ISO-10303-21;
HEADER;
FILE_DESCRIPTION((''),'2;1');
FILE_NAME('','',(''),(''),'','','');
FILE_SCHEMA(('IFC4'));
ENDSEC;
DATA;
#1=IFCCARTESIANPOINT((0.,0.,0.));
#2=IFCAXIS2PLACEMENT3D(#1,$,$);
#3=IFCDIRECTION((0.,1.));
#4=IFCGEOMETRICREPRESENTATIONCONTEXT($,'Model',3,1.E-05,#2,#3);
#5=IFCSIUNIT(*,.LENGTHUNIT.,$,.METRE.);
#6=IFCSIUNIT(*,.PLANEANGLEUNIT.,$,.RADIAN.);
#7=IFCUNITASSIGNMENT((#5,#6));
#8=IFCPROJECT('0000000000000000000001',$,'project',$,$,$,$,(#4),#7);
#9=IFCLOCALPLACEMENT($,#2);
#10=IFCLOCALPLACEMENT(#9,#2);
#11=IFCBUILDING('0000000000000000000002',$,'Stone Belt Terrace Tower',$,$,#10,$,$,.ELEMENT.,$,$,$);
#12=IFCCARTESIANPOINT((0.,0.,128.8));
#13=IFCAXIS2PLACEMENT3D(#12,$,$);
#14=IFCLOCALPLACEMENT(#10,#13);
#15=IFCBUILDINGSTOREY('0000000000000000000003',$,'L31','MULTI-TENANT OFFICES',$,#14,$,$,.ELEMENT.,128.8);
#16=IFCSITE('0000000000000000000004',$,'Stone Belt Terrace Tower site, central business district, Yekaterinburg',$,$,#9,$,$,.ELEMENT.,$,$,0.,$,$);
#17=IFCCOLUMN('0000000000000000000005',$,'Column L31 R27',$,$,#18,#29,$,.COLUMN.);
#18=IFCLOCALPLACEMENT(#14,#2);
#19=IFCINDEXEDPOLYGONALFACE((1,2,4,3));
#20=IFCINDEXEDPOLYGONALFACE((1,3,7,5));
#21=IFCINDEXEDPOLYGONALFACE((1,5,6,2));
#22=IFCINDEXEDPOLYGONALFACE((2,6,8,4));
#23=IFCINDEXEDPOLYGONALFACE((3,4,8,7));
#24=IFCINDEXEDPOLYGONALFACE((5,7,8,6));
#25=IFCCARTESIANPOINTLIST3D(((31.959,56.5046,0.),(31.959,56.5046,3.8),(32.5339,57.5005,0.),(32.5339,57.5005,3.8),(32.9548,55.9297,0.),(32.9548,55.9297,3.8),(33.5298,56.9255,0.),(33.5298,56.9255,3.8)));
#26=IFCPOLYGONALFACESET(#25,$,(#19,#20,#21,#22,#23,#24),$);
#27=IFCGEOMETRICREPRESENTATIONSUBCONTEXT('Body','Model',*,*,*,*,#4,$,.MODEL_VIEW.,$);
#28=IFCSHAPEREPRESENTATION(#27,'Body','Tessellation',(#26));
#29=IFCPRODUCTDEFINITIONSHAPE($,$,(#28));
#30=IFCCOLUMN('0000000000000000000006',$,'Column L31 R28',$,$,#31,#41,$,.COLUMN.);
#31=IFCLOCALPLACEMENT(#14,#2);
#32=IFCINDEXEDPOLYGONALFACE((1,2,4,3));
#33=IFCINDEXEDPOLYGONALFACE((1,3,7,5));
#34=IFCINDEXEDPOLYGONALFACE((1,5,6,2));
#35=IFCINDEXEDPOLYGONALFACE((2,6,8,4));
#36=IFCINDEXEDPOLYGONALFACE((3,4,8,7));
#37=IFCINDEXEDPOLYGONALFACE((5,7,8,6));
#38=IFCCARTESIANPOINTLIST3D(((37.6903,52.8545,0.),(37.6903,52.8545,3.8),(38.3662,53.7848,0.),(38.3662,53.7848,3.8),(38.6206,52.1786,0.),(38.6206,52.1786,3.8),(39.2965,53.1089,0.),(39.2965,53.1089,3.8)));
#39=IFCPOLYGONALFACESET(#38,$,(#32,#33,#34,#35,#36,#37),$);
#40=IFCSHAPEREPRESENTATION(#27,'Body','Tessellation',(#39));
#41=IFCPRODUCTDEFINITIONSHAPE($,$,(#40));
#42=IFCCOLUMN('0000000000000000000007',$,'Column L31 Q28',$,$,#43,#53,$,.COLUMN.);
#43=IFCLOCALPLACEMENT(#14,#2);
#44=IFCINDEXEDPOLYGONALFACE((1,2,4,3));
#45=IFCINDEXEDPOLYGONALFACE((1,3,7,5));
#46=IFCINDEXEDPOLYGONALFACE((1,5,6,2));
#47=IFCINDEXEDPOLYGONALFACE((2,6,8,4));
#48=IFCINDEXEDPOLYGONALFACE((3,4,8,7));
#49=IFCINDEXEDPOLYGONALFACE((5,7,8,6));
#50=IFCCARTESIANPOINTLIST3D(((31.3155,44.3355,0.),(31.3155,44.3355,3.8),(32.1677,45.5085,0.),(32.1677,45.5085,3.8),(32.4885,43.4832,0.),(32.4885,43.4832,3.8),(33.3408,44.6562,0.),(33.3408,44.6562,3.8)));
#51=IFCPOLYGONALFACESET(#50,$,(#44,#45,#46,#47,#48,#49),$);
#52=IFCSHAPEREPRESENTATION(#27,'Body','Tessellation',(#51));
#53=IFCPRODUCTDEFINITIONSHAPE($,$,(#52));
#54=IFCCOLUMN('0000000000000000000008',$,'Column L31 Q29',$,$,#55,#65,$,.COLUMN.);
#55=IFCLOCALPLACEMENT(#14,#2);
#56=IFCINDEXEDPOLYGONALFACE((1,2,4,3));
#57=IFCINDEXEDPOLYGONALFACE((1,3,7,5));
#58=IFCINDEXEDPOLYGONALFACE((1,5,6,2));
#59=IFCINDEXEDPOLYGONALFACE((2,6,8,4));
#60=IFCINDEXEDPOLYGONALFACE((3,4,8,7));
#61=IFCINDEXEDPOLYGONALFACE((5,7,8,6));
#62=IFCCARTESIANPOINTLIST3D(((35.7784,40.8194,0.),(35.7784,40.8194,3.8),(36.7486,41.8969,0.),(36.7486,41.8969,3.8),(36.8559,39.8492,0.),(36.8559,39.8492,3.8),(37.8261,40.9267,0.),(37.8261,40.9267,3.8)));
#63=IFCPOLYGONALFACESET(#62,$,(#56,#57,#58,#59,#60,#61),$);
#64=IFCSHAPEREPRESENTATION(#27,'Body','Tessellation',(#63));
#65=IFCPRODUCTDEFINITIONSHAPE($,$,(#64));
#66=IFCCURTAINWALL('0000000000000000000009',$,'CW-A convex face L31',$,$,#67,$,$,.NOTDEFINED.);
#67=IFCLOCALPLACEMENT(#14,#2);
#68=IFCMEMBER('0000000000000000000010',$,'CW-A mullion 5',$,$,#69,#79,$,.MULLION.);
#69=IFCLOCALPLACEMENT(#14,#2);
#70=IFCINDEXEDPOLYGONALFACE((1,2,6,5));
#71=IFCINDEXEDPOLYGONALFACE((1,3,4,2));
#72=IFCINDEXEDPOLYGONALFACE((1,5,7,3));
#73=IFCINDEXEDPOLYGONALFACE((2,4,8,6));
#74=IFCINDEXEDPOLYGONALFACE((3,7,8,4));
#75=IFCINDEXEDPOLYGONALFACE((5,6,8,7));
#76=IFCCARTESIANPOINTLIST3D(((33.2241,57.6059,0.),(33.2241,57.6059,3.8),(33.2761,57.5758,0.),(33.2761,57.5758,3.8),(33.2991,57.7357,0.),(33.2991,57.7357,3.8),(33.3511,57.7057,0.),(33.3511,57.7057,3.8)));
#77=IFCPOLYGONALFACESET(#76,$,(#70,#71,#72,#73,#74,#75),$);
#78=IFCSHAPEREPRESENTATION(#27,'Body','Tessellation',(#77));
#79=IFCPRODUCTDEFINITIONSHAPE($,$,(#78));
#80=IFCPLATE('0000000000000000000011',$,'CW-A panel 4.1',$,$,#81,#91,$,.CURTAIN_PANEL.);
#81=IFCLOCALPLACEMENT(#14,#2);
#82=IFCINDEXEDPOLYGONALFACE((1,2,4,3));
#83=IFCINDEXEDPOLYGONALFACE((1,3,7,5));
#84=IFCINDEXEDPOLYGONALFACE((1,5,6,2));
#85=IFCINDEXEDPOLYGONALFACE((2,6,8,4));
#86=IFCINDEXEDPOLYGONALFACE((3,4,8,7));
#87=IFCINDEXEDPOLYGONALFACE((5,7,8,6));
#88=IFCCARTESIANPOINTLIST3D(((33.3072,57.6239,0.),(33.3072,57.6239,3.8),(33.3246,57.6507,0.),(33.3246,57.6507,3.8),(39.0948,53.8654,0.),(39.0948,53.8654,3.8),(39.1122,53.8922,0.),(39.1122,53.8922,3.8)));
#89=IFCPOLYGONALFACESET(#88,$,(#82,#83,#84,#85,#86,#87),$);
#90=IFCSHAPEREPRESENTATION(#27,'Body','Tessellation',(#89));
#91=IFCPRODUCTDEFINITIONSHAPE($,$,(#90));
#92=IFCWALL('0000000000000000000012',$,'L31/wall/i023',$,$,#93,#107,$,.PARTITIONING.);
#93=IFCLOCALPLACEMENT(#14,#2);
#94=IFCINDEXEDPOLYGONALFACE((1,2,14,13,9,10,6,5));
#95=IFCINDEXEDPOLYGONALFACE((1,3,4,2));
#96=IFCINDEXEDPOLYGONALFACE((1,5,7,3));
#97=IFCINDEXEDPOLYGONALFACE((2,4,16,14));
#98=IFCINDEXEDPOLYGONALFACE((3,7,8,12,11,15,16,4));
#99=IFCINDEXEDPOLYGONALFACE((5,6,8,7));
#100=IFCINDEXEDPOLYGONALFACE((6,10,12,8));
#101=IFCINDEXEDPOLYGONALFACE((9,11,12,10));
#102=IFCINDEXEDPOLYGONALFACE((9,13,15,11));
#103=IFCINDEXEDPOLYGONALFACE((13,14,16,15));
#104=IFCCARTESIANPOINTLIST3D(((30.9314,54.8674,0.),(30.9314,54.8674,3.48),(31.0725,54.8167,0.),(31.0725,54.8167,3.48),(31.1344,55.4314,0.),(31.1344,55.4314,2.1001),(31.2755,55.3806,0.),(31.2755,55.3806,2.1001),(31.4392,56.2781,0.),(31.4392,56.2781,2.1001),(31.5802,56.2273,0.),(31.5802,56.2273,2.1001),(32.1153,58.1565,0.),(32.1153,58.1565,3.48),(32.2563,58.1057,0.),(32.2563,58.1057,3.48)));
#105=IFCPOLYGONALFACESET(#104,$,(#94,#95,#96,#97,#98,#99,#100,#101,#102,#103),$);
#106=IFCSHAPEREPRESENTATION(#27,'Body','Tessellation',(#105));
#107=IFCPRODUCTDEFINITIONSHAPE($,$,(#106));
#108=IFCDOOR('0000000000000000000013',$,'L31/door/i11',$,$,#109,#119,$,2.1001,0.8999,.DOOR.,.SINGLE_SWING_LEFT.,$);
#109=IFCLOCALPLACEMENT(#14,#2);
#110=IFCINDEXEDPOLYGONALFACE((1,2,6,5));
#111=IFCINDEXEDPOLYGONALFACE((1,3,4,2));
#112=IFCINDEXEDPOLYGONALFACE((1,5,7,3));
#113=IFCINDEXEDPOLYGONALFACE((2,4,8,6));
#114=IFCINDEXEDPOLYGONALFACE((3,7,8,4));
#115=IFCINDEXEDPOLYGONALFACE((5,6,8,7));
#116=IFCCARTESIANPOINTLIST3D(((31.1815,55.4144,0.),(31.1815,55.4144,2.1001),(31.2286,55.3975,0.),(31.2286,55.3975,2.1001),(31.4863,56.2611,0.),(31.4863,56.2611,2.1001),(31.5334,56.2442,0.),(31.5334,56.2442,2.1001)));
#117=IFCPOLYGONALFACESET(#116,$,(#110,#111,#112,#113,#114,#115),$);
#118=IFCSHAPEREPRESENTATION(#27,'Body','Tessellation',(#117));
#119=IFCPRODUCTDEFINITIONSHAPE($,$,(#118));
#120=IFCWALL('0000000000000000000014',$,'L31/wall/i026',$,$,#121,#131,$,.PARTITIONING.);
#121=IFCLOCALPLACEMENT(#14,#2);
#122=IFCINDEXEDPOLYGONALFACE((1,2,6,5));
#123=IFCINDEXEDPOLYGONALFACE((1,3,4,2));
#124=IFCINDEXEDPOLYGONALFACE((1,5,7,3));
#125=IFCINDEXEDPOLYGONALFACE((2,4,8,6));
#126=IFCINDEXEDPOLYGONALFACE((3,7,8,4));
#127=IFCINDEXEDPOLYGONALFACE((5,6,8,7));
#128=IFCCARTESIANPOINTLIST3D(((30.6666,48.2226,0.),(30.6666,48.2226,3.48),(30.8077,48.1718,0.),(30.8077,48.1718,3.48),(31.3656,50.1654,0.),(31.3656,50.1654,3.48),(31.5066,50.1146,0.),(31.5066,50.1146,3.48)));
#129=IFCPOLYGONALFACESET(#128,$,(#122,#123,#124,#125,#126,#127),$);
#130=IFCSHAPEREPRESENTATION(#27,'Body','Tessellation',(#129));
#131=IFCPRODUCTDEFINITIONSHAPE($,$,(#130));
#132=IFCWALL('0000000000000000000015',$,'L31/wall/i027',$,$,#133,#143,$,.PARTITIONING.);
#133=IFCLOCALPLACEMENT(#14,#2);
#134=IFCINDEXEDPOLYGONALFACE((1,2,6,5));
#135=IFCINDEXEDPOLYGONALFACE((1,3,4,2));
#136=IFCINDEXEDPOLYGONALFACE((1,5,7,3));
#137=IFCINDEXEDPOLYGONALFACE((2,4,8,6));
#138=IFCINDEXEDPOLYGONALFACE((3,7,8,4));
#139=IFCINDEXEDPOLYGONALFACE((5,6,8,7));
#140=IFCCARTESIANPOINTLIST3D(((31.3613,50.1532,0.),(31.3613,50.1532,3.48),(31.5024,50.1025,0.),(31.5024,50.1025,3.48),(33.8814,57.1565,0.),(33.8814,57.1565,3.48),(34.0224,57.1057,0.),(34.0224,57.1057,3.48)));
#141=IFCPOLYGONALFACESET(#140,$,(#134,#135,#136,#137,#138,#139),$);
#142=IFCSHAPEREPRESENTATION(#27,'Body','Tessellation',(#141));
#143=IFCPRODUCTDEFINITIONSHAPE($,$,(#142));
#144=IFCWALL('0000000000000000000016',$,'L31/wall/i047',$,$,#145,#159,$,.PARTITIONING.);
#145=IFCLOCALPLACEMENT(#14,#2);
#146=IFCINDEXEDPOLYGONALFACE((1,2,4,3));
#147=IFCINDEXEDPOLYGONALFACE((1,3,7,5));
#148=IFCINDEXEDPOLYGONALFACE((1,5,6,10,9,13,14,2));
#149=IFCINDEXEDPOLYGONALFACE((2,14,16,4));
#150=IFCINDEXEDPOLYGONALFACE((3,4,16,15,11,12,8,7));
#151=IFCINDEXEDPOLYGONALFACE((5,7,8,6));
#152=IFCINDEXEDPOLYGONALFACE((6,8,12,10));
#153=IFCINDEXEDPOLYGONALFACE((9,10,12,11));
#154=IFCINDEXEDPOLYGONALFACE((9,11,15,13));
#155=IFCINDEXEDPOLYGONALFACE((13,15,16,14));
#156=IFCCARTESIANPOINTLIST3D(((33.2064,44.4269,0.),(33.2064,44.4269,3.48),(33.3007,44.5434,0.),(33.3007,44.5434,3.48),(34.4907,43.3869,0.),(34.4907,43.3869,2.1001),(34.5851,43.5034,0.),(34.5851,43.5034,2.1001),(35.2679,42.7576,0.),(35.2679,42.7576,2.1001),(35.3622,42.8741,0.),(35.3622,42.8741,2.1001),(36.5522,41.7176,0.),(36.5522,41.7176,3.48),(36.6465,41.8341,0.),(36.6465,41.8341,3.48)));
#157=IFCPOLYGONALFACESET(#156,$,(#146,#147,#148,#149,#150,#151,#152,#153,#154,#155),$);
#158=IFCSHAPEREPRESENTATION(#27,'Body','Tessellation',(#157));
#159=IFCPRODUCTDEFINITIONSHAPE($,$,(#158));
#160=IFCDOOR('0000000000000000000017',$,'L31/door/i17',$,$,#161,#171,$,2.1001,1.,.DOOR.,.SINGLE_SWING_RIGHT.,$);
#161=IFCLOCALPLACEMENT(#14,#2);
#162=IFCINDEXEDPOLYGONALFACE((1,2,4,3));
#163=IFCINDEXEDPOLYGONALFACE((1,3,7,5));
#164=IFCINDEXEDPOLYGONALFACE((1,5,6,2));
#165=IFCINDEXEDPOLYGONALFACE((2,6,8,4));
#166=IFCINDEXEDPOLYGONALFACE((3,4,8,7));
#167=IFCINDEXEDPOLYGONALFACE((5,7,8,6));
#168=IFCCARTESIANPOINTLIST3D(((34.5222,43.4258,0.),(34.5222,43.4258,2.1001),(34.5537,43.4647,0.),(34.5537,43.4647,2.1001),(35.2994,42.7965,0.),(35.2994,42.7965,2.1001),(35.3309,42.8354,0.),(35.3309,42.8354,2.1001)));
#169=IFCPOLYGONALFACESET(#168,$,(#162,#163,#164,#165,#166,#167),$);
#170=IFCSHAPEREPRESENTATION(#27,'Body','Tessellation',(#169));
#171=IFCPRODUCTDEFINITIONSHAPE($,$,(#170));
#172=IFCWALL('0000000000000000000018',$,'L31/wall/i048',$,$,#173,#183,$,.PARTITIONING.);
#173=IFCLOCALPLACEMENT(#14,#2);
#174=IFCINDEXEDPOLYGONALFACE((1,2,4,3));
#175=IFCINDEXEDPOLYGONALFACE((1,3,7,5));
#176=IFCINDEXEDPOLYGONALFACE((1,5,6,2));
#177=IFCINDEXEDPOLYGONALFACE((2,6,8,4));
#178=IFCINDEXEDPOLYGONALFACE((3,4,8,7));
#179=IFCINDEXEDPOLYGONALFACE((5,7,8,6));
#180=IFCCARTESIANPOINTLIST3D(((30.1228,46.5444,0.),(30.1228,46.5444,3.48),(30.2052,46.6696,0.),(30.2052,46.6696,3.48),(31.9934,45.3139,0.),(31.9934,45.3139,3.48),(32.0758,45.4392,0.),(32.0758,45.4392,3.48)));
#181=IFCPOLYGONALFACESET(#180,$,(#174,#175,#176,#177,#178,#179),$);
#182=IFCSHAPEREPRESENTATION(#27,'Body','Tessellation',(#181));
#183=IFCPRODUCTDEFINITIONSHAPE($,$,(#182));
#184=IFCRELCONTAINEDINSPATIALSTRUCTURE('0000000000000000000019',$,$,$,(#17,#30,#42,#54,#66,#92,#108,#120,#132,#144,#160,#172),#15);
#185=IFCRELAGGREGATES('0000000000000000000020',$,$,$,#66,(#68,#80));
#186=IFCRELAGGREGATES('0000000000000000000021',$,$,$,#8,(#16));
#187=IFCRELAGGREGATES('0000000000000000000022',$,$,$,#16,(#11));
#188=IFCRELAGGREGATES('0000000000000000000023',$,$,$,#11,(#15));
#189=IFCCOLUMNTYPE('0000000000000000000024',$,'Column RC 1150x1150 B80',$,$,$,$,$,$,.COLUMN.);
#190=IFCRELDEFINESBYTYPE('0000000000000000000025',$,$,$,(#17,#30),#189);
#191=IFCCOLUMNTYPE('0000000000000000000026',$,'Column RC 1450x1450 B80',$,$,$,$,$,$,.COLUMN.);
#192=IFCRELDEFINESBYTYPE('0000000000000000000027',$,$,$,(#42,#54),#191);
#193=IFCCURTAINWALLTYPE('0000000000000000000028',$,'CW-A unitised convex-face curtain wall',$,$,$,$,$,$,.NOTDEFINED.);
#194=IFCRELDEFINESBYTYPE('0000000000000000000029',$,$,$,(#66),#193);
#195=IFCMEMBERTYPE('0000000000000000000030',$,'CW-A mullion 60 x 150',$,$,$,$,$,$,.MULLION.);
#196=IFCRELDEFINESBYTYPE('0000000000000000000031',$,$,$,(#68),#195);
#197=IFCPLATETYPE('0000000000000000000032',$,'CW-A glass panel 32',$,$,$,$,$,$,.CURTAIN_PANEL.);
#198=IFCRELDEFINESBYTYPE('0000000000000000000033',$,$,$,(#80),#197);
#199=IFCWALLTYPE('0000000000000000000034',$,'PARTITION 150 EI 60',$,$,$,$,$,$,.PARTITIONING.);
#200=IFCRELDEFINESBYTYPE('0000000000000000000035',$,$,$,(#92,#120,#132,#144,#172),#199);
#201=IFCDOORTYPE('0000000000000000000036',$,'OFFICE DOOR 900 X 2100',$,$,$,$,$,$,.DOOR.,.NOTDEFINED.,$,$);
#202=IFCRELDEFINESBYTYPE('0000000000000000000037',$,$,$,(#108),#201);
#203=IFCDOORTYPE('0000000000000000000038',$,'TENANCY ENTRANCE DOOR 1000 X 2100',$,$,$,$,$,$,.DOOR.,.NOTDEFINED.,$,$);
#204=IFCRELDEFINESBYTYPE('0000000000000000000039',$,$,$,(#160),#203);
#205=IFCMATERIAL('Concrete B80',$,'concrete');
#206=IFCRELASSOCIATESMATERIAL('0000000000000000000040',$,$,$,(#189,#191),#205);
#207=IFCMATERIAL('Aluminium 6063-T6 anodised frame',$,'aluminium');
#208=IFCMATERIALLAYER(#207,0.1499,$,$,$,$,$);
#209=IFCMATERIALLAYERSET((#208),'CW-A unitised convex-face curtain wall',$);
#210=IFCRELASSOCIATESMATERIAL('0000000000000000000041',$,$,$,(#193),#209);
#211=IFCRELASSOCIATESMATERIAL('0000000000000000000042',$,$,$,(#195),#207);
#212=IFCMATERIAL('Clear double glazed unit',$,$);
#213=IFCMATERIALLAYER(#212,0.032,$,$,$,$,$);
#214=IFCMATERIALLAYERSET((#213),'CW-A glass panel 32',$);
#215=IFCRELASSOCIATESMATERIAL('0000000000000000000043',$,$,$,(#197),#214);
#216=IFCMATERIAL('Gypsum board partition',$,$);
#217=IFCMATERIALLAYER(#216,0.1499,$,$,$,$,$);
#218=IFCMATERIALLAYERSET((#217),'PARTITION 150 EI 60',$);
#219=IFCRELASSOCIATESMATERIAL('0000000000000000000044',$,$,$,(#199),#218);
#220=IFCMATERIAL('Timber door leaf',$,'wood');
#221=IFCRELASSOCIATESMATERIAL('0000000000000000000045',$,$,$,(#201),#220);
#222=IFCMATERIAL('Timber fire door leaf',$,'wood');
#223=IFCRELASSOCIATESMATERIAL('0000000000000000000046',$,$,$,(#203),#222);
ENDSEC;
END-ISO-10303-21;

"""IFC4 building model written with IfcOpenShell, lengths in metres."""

from ifc_helpers import new_model, si_unit, direction, frame, frame_2d, origin, origin_2d, place, context, subcontext, project, spatial, rectangle, extrude, material, layer, layer_set, material_profile, profile_set, type_object, element, fill, aggregate, save


model = new_model("IFC4")

# Units and contexts
model_context = context("Model", 3, precision=1e-05, world=origin(), true_north=direction((0.0, 1.0)))
body_context = subcontext(model_context, "Body", "Model", "MODEL_VIEW")
ifc_project = project(units=[si_unit("LENGTHUNIT", "METRE"), si_unit("PLANEANGLEUNIT", "RADIAN")], contexts=[model_context])

# Site, building, storey
site_placement = place(None, origin())
site = spatial("IfcSite", under=ifc_project, at=site_placement, Name="Stone Belt Terrace Tower site, central business district, Yekaterinburg", CompositionType="ELEMENT", RefElevation=0.0)
building_placement = place(site_placement, origin())
building = spatial("IfcBuilding", under=site, at=building_placement, Name="Stone Belt Terrace Tower", CompositionType="ELEMENT")
storey_placement = place(building_placement, frame((0.0, 0.0, 128.8)))
storey = spatial("IfcBuildingStorey", under=building, at=storey_placement, Name="L31", Description="MULTI-TENANT OFFICES", CompositionType="ELEMENT", Elevation=128.8)

# Columns
ifc_material_1 = material(Name="Concrete B80", Category="concrete")
ifc_material_profile_1 = material_profile(ifc_material_1, rectangle(XDim=1.1499, YDim=1.1499, at=origin_2d()), Name="RC 1150x1150")
ifc_profile_set_1 = profile_set([ifc_material_profile_1], Name="Concrete B80")
column_type_1 = type_object("IfcColumnType", Name="Column RC 1150x1150 B80", PredefinedType="COLUMN", material=ifc_profile_set_1)
for number, where, z_axis, x_axis, name in (
    (1, (32.7444, 56.7151, 0.0), (0.0, 0.0, 1.0), (0.866025, -0.5, 0.0), "Column L31 R27"),
    (2, (38.4934, 52.9817, 0.0), (0.0, 0.0, 1.0), (0.809017, -0.587785, 0.0), "Column L31 R28"),
):
    element("IfcColumn", number, at=place(storey_placement, frame(where, z_axis=z_axis, x_axis=x_axis)), inside=storey, type_object=column_type_1, Name=name, PredefinedType="COLUMN", context=body_context, shape_type="SweptSolid", body=[
        extrude(rectangle(XDim=1.1499, YDim=1.1499, at=origin_2d()), origin(), (0.0, 0.0, 1.0), 3.8),
    ])
ifc_material_profile_2 = material_profile(ifc_material_1, rectangle(XDim=1.45, YDim=1.45, at=origin_2d()), Name="RC 1450x1450")
ifc_profile_set_2 = profile_set([ifc_material_profile_2], Name="Concrete B80")
column_type_2 = type_object("IfcColumnType", Name="Column RC 1450x1450 B80", PredefinedType="COLUMN", material=ifc_profile_set_2)
for number, where, z_axis, x_axis, name in (
    (3, (32.3281, 44.4958, 0.0), (0.0, 0.0, 1.0), (0.809017, -0.587785, 0.0), "Column L31 Q28"),
    (4, (36.8022, 40.873, 0.0), (0.0, 0.0, 1.0), (0.743145, -0.669131, 0.0), "Column L31 Q29"),
):
    element("IfcColumn", number, at=place(storey_placement, frame(where, z_axis=z_axis, x_axis=x_axis)), inside=storey, type_object=column_type_2, Name=name, PredefinedType="COLUMN", context=body_context, shape_type="SweptSolid", body=[
        extrude(rectangle(XDim=1.45, YDim=1.45, at=origin_2d()), origin(), (0.0, 0.0, 1.0), 3.8),
    ])

# Curtain wall, member, plate
ifc_material_2 = material(Name="Aluminium 6063-T6 anodised frame", Category="aluminium")
ifc_layer_1 = layer(ifc_material_2, 0.1499)
ifc_layer_set_1 = layer_set([ifc_layer_1], Name="CW-A unitised convex-face curtain wall")
curtain_wall_type = type_object("IfcCurtainWallType", Name="CW-A unitised convex-face curtain wall", PredefinedType="NOTDEFINED", material=ifc_layer_set_1)
curtain_wall_placement = place(storey_placement, origin())
curtain_wall = element("IfcCurtainWall", 5, at=curtain_wall_placement, inside=storey, type_object=curtain_wall_type, Name="CW-A convex face L31", PredefinedType="NOTDEFINED")
ifc_material_profile_3 = material_profile(ifc_material_2, rectangle(XDim=0.1499, YDim=0.0601, at=origin_2d()), Name="Aluminium 6063-T6 60x150")
ifc_profile_set_3 = profile_set([ifc_material_profile_3], Name="Aluminium 6063-T6 anodised frame")
member_type = type_object("IfcMemberType", Name="CW-A mullion 60 x 150", PredefinedType="MULLION", material=ifc_profile_set_3)
member_placement = place(storey_placement, frame((33.2876, 57.6558, 0.0), z_axis=(0.0, 0.0, 1.0), x_axis=(-0.5, -0.866025, 0.0)))
member = element("IfcMember", 6, at=member_placement, type_object=member_type, Name="CW-A mullion 5", PredefinedType="MULLION", context=body_context, shape_type="SweptSolid", body=[
    extrude(rectangle(XDim=0.1499, YDim=0.0601, at=origin_2d()), origin(), (0.0, 0.0, 1.0), 3.8),
])
ifc_material_3 = material(Name="Clear double glazed unit")
ifc_layer_2 = layer(ifc_material_3, 0.032)
ifc_layer_set_2 = layer_set([ifc_layer_2], Name="CW-A glass panel 32")
plate_type = type_object("IfcPlateType", Name="CW-A glass panel 32", PredefinedType="CURTAIN_PANEL", material=ifc_layer_set_2)
plate_placement = place(storey_placement, frame((36.2097, 55.7581, 0.0), z_axis=(0.0, 0.0, 1.0), x_axis=(-0.838671, 0.544639, 0.0)))
plate = element("IfcPlate", 7, at=plate_placement, type_object=plate_type, Name="CW-A panel 4.1", PredefinedType="CURTAIN_PANEL", context=body_context, shape_type="SweptSolid", body=[
    extrude(rectangle(XDim=6.9009, YDim=0.032, at=origin_2d()), origin(), (0.0, 0.0, 1.0), 3.8),
])
aggregate(curtain_wall, [member, plate])

# Wall, opening, door
ifc_material_4 = material(Name="Gypsum board partition")
ifc_layer_3 = layer(ifc_material_4, 0.1499)
ifc_layer_set_3 = layer_set([ifc_layer_3], Name="PARTITION 150 EI 60")
wall_type_1 = type_object("IfcWallType", Name="PARTITION 150 EI 60", PredefinedType="PARTITIONING", material=ifc_layer_set_3)
wall_1_placement = place(storey_placement, frame((31.002, 54.842, 0.0), z_axis=(0.0, 0.0, 1.0), x_axis=(0.338663, 0.940908, 0.0)))
wall_1 = element("IfcWall", 8, at=wall_1_placement, inside=storey, type_object=wall_type_1, Name="L31/wall/i023", PredefinedType="PARTITIONING", context=body_context, shape_type="SweptSolid", body=[
    extrude(rectangle(XDim=3.4956, YDim=0.1499, at=frame_2d((1.7478, 0.0))), origin(), (0.0, 0.0, 1.0), 3.48),
])
opening_1_placement = place(wall_1_placement, frame((0.5994, 0.0, 0.0)))
opening_1 = element("IfcOpeningElement", 9, at=opening_1_placement, cuts=wall_1, PredefinedType="OPENING", context=body_context, shape_type="SweptSolid", body=[
    extrude(rectangle(XDim=0.8999, YDim=2.1001, at=frame_2d((0.45, 1.05))), frame((0.0, 0.085, 0.0), z_axis=(0.0, -1.0, 0.0), x_axis=(1.0, 0.0, 0.0)), (0.0, 0.0, 1.0), 0.1699),
])
ifc_material_5 = material(Name="Timber door leaf", Category="wood")
door_type_1 = type_object("IfcDoorType", Name="OFFICE DOOR 900 X 2100", OperationType="NOTDEFINED", PredefinedType="DOOR", material=ifc_material_5)
door_1_placement = place(opening_1_placement, origin())
door_1 = element("IfcDoor", 10, at=door_1_placement, inside=storey, type_object=door_type_1, Name="L31/door/i11", OperationType="SINGLE_SWING_LEFT", OverallHeight=2.1001, OverallWidth=0.8999, PredefinedType="DOOR", context=body_context, shape_type="SweptSolid", body=[
    extrude(rectangle(XDim=0.8999, YDim=2.1001, at=frame_2d((0.45, 1.05))), frame((0.0, 0.0249, 0.0), z_axis=(0.0, -1.0, 0.0), x_axis=(1.0, 0.0, 0.0)), (0.0, 0.0, 1.0), 0.05),
])
fill(opening_1, door_1)

# Walls
wall_2_placement = place(storey_placement, frame((31.436, 50.1399, 0.0), z_axis=(0.0, 0.0, 1.0), x_axis=(-0.338523, -0.940958, 0.0)))
element("IfcWall", 11, at=wall_2_placement, inside=storey, type_object=wall_type_1, Name="L31/wall/i026", PredefinedType="PARTITIONING", context=body_context, shape_type="SweptSolid", body=[
    extrude(rectangle(XDim=2.0647, YDim=0.1499, at=frame_2d((1.0322, 0.0))), origin(), (0.0, 0.0, 1.0), 3.48),
])
wall_3_placement = place(storey_placement, frame((33.9519, 57.1311, 0.0), z_axis=(0.0, 0.0, 1.0), x_axis=(-0.338586, -0.940935, 0.0)))
element("IfcWall", 12, at=wall_3_placement, inside=storey, type_object=wall_type_1, Name="L31/wall/i027", PredefinedType="PARTITIONING", context=body_context, shape_type="SweptSolid", body=[
    extrude(rectangle(XDim=7.4429, YDim=0.1499, at=frame_2d((3.7214, 0.0))), origin(), (0.0, 0.0, 1.0), 3.48),
])

# Wall, opening, door
wall_4_placement = place(storey_placement, frame((36.5994, 41.7759, 0.0), z_axis=(0.0, 0.0, 1.0), x_axis=(-0.777154, 0.629311, 0.0)))
wall_4 = element("IfcWall", 13, at=wall_4_placement, inside=storey, type_object=wall_type_1, Name="L31/wall/i047", PredefinedType="PARTITIONING", context=body_context, shape_type="SweptSolid", body=[
    extrude(rectangle(XDim=4.3052, YDim=0.1499, at=frame_2d((2.1526, 0.0))), origin(), (0.0, 0.0, 1.0), 3.48),
])
opening_2_placement = place(wall_4_placement, frame((1.6526, 0.0, 0.0)))
opening_2 = element("IfcOpeningElement", 14, at=opening_2_placement, cuts=wall_4, PredefinedType="OPENING", context=body_context, shape_type="SweptSolid", body=[
    extrude(rectangle(XDim=1.0, YDim=2.1001, at=frame_2d((0.5, 1.05))), frame((0.0, 0.085, 0.0), z_axis=(0.0, -1.0, 0.0), x_axis=(1.0, 0.0, 0.0)), (0.0, 0.0, 1.0), 0.1699),
])
ifc_material_6 = material(Name="Timber fire door leaf", Category="wood")
door_type_2 = type_object("IfcDoorType", Name="TENANCY ENTRANCE DOOR 1000 X 2100", OperationType="NOTDEFINED", PredefinedType="DOOR", material=ifc_material_6)
door_2_placement = place(opening_2_placement, origin())
door_2 = element("IfcDoor", 15, at=door_2_placement, inside=storey, type_object=door_type_2, Name="L31/door/i17", OperationType="SINGLE_SWING_RIGHT", OverallHeight=2.1001, OverallWidth=1.0, PredefinedType="DOOR", context=body_context, shape_type="SweptSolid", body=[
    extrude(rectangle(XDim=1.0, YDim=2.1001, at=frame_2d((0.5, 1.05))), frame((0.0, 0.0249, 0.0), z_axis=(0.0, -1.0, 0.0), x_axis=(1.0, 0.0, 0.0)), (0.0, 0.0, 1.0), 0.05),
])
fill(opening_2, door_2)

# Wall
wall_5_placement = place(storey_placement, frame((32.0347, 45.3765, 0.0), z_axis=(0.0, 0.0, 1.0), x_axis=(-0.835457, 0.549556, 0.0)))
element("IfcWall", 16, at=wall_5_placement, inside=storey, type_object=wall_type_1, Name="L31/wall/i048", PredefinedType="PARTITIONING", context=body_context, shape_type="SweptSolid", body=[
    extrude(rectangle(XDim=2.239, YDim=0.1499, at=frame_2d((1.1196, 0.0))), origin(), (0.0, 0.0, 1.0), 3.48),
])

save(model, "model.ifc")
